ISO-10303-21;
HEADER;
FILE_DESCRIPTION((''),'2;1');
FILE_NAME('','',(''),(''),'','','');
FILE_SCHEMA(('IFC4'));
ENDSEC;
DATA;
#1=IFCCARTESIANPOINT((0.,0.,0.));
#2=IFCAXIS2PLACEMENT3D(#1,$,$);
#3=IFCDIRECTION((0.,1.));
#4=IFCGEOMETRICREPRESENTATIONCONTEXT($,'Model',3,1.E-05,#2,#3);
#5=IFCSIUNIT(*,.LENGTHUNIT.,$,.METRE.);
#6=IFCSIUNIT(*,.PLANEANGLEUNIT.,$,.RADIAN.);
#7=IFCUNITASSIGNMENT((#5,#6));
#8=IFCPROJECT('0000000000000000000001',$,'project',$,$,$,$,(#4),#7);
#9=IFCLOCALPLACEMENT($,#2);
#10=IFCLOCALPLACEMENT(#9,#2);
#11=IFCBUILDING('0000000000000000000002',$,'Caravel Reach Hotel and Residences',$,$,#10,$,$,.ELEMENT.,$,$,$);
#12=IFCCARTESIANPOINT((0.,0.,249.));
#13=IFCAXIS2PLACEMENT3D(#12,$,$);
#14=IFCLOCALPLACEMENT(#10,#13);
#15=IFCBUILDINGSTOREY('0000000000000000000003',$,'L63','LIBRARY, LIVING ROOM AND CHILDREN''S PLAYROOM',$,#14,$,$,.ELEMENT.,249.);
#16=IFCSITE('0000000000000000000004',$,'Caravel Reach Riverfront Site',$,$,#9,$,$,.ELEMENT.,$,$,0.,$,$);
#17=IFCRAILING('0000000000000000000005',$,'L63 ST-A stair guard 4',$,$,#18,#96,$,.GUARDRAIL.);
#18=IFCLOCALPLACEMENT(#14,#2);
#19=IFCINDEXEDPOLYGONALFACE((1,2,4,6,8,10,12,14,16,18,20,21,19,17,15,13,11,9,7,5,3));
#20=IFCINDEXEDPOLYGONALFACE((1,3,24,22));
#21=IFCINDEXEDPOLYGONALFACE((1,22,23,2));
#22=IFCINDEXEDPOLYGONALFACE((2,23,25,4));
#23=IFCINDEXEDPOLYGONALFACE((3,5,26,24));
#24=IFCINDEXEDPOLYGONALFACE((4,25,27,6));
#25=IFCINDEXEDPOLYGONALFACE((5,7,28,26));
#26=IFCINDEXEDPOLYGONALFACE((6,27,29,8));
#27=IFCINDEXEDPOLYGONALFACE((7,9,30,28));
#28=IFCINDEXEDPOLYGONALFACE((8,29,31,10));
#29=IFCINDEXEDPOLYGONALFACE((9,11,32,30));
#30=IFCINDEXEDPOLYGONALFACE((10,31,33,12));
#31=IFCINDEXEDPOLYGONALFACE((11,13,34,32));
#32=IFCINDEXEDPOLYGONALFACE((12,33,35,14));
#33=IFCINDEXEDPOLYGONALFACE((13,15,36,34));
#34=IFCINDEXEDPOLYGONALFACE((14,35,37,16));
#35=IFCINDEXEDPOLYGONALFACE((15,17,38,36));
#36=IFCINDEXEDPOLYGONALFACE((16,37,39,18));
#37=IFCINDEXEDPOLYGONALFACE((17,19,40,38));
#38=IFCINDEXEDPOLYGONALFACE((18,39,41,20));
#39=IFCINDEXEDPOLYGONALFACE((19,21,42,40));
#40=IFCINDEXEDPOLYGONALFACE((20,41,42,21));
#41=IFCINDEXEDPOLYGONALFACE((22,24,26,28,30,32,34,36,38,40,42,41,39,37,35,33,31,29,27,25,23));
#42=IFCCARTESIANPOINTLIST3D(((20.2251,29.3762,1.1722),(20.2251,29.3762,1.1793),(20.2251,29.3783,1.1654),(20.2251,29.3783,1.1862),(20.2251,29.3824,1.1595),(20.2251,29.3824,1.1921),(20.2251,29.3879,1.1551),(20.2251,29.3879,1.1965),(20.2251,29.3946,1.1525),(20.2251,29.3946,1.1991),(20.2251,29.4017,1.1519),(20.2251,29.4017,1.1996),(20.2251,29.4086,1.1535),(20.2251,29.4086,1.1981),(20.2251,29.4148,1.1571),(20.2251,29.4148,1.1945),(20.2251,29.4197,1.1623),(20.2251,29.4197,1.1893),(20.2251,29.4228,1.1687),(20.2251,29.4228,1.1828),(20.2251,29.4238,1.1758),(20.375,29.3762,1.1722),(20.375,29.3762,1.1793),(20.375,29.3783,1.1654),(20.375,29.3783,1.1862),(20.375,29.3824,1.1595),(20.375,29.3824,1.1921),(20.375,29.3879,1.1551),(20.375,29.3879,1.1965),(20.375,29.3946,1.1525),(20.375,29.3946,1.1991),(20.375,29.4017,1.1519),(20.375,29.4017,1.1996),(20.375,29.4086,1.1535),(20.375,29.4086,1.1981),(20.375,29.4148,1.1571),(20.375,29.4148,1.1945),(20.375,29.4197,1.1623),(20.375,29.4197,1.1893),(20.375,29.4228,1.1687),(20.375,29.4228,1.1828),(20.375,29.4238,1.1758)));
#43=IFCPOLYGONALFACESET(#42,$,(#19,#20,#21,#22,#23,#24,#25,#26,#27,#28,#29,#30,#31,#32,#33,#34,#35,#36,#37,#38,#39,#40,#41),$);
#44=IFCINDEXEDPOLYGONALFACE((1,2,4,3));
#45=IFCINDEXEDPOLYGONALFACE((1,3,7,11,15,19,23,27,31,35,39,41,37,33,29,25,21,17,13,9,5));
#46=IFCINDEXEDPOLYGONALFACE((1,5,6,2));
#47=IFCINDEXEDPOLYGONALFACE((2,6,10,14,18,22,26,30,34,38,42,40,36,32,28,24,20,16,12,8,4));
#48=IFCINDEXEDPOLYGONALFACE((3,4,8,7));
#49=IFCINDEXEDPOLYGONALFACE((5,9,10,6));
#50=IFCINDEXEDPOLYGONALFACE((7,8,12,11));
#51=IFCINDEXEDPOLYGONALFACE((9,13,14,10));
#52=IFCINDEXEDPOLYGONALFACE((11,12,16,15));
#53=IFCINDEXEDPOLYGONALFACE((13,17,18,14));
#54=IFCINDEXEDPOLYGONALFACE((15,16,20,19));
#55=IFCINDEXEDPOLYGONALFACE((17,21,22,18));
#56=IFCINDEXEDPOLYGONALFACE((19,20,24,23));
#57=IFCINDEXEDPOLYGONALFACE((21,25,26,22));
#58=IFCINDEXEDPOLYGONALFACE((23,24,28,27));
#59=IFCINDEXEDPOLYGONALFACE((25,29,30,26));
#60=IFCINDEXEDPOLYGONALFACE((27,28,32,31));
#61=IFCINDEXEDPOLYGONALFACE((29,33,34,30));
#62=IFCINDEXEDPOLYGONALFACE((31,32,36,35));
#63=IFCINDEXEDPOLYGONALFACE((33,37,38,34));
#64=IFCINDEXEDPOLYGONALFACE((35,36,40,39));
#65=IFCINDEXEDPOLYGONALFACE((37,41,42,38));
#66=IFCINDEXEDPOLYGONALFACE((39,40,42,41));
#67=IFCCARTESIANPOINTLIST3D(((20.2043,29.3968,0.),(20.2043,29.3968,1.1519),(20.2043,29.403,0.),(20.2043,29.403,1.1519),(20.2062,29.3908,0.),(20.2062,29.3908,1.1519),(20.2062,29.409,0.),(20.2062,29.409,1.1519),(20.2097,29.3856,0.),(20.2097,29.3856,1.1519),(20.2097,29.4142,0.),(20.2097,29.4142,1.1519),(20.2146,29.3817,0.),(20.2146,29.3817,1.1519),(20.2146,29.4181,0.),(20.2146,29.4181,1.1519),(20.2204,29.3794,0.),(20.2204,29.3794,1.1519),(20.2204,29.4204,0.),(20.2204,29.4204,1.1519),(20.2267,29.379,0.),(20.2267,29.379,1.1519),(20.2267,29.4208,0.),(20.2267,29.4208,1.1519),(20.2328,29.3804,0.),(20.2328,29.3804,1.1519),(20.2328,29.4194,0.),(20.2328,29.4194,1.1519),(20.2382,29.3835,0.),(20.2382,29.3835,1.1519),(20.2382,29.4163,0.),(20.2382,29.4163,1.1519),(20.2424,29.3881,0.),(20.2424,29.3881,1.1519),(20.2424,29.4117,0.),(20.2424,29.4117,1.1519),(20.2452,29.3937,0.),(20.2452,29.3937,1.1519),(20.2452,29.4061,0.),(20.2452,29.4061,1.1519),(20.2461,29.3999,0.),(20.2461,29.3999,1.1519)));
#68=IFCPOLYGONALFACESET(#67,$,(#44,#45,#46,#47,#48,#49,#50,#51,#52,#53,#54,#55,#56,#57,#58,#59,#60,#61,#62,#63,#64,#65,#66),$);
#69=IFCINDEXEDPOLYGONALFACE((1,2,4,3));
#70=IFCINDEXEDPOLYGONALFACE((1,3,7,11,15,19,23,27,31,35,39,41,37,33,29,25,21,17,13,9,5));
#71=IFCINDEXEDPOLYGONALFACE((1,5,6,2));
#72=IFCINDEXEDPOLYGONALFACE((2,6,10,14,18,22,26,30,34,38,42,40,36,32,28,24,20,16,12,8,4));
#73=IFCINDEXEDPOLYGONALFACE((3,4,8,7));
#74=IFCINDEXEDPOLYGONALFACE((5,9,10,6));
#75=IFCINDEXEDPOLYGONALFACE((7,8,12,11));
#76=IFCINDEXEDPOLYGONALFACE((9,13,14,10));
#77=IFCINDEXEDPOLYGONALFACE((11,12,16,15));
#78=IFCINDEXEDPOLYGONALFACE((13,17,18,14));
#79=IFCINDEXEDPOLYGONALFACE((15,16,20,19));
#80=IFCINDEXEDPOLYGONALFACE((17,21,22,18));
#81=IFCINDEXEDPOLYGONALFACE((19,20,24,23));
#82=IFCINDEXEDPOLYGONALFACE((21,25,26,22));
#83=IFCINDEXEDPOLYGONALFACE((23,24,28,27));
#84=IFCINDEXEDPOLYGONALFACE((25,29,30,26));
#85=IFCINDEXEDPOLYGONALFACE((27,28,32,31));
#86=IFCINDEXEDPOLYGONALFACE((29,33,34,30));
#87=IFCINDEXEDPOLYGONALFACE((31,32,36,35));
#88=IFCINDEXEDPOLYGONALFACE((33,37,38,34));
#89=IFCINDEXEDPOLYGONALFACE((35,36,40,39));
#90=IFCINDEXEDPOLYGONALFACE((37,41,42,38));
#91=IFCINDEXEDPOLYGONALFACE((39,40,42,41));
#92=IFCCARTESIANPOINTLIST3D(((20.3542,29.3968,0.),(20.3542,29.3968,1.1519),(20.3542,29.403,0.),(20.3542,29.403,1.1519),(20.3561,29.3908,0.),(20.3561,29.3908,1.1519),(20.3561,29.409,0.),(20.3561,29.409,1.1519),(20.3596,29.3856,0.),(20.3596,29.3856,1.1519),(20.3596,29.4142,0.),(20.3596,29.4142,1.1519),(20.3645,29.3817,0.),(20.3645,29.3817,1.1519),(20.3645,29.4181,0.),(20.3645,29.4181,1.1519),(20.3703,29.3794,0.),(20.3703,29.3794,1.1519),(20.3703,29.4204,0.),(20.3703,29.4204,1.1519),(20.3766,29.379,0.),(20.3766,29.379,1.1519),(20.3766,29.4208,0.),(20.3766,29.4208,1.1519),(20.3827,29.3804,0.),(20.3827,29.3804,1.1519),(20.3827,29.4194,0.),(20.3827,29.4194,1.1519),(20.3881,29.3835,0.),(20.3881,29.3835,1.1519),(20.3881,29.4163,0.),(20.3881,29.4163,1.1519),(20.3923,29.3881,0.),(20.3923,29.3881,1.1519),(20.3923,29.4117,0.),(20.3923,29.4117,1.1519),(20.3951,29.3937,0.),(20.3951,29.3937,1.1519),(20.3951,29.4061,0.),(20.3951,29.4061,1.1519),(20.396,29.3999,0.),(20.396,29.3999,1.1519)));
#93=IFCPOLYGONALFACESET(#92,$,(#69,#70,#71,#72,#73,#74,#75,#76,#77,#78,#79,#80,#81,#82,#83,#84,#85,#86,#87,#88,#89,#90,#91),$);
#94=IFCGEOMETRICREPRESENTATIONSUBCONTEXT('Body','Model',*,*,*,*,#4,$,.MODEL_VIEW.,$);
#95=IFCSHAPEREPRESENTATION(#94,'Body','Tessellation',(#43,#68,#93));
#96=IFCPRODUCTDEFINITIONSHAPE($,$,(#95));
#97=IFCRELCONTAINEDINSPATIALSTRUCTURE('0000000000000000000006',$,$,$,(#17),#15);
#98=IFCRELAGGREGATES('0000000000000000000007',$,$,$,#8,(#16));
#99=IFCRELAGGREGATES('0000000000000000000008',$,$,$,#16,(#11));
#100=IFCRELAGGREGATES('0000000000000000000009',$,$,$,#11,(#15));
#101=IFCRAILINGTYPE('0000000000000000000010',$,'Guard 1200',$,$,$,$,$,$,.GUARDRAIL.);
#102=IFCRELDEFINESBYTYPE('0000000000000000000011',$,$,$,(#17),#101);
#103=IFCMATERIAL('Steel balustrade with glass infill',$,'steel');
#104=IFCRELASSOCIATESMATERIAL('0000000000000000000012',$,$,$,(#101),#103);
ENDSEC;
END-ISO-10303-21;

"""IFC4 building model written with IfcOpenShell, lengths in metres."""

from ifc_helpers import new_model, si_unit, direction, frame, origin, origin_2d, place, context, subcontext, project, spatial, circle, extrude, material, type_object, element, save


model = new_model("IFC4")

# Units and contexts
model_context = context("Model", 3, precision=1e-05, world=origin(), true_north=direction((0.0, 1.0)))
body_context = subcontext(model_context, "Body", "Model", "MODEL_VIEW")
ifc_project = project(units=[si_unit("LENGTHUNIT", "METRE"), si_unit("PLANEANGLEUNIT", "RADIAN")], contexts=[model_context])

# Site, building, storey
site_placement = place(None, origin())
site = spatial("IfcSite", under=ifc_project, at=site_placement, Name="Caravel Reach Riverfront Site", CompositionType="ELEMENT", RefElevation=0.0)
building_placement = place(site_placement, origin())
building = spatial("IfcBuilding", under=site, at=building_placement, Name="Caravel Reach Hotel and Residences", CompositionType="ELEMENT")
storey_placement = place(building_placement, frame((0.0, 0.0, 249.0)))
storey = spatial("IfcBuildingStorey", under=building, at=storey_placement, Name="L63", Description="LIBRARY, LIVING ROOM AND CHILDREN'S PLAYROOM", CompositionType="ELEMENT", Elevation=249.0)

# Railing
ifc_material_1 = material(Name="Steel balustrade with glass infill", Category="steel")
railing_type_1 = type_object("IfcRailingType", Name="Guard 1200", PredefinedType="GUARDRAIL", material=ifc_material_1)
railing_1_placement = place(storey_placement, frame((20.2251, 29.3999, 0.0)))
element("IfcRailing", 1, at=railing_1_placement, inside=storey, type_object=railing_type_1, Name="L63 ST-A stair guard 4", PredefinedType="GUARDRAIL", context=body_context, shape_type="SweptSolid", body=[
    extrude(circle(Radius=0.0239, at=origin_2d()), frame((0.0, 0.0, 1.1758), z_axis=(1.0, 0.0, 0.0), x_axis=(0.0, 1.0, 0.0)), (0.0, 0.0, 1.0), 0.1499),
    extrude(circle(Radius=0.021, at=origin_2d()), origin(), (0.0, 0.0, 1.0), 1.1519),
    extrude(circle(Radius=0.021, at=origin_2d()), frame((0.1499, 0.0, 0.0)), (0.0, 0.0, 1.0), 1.1519),
])

save(model, "model.ifc")
